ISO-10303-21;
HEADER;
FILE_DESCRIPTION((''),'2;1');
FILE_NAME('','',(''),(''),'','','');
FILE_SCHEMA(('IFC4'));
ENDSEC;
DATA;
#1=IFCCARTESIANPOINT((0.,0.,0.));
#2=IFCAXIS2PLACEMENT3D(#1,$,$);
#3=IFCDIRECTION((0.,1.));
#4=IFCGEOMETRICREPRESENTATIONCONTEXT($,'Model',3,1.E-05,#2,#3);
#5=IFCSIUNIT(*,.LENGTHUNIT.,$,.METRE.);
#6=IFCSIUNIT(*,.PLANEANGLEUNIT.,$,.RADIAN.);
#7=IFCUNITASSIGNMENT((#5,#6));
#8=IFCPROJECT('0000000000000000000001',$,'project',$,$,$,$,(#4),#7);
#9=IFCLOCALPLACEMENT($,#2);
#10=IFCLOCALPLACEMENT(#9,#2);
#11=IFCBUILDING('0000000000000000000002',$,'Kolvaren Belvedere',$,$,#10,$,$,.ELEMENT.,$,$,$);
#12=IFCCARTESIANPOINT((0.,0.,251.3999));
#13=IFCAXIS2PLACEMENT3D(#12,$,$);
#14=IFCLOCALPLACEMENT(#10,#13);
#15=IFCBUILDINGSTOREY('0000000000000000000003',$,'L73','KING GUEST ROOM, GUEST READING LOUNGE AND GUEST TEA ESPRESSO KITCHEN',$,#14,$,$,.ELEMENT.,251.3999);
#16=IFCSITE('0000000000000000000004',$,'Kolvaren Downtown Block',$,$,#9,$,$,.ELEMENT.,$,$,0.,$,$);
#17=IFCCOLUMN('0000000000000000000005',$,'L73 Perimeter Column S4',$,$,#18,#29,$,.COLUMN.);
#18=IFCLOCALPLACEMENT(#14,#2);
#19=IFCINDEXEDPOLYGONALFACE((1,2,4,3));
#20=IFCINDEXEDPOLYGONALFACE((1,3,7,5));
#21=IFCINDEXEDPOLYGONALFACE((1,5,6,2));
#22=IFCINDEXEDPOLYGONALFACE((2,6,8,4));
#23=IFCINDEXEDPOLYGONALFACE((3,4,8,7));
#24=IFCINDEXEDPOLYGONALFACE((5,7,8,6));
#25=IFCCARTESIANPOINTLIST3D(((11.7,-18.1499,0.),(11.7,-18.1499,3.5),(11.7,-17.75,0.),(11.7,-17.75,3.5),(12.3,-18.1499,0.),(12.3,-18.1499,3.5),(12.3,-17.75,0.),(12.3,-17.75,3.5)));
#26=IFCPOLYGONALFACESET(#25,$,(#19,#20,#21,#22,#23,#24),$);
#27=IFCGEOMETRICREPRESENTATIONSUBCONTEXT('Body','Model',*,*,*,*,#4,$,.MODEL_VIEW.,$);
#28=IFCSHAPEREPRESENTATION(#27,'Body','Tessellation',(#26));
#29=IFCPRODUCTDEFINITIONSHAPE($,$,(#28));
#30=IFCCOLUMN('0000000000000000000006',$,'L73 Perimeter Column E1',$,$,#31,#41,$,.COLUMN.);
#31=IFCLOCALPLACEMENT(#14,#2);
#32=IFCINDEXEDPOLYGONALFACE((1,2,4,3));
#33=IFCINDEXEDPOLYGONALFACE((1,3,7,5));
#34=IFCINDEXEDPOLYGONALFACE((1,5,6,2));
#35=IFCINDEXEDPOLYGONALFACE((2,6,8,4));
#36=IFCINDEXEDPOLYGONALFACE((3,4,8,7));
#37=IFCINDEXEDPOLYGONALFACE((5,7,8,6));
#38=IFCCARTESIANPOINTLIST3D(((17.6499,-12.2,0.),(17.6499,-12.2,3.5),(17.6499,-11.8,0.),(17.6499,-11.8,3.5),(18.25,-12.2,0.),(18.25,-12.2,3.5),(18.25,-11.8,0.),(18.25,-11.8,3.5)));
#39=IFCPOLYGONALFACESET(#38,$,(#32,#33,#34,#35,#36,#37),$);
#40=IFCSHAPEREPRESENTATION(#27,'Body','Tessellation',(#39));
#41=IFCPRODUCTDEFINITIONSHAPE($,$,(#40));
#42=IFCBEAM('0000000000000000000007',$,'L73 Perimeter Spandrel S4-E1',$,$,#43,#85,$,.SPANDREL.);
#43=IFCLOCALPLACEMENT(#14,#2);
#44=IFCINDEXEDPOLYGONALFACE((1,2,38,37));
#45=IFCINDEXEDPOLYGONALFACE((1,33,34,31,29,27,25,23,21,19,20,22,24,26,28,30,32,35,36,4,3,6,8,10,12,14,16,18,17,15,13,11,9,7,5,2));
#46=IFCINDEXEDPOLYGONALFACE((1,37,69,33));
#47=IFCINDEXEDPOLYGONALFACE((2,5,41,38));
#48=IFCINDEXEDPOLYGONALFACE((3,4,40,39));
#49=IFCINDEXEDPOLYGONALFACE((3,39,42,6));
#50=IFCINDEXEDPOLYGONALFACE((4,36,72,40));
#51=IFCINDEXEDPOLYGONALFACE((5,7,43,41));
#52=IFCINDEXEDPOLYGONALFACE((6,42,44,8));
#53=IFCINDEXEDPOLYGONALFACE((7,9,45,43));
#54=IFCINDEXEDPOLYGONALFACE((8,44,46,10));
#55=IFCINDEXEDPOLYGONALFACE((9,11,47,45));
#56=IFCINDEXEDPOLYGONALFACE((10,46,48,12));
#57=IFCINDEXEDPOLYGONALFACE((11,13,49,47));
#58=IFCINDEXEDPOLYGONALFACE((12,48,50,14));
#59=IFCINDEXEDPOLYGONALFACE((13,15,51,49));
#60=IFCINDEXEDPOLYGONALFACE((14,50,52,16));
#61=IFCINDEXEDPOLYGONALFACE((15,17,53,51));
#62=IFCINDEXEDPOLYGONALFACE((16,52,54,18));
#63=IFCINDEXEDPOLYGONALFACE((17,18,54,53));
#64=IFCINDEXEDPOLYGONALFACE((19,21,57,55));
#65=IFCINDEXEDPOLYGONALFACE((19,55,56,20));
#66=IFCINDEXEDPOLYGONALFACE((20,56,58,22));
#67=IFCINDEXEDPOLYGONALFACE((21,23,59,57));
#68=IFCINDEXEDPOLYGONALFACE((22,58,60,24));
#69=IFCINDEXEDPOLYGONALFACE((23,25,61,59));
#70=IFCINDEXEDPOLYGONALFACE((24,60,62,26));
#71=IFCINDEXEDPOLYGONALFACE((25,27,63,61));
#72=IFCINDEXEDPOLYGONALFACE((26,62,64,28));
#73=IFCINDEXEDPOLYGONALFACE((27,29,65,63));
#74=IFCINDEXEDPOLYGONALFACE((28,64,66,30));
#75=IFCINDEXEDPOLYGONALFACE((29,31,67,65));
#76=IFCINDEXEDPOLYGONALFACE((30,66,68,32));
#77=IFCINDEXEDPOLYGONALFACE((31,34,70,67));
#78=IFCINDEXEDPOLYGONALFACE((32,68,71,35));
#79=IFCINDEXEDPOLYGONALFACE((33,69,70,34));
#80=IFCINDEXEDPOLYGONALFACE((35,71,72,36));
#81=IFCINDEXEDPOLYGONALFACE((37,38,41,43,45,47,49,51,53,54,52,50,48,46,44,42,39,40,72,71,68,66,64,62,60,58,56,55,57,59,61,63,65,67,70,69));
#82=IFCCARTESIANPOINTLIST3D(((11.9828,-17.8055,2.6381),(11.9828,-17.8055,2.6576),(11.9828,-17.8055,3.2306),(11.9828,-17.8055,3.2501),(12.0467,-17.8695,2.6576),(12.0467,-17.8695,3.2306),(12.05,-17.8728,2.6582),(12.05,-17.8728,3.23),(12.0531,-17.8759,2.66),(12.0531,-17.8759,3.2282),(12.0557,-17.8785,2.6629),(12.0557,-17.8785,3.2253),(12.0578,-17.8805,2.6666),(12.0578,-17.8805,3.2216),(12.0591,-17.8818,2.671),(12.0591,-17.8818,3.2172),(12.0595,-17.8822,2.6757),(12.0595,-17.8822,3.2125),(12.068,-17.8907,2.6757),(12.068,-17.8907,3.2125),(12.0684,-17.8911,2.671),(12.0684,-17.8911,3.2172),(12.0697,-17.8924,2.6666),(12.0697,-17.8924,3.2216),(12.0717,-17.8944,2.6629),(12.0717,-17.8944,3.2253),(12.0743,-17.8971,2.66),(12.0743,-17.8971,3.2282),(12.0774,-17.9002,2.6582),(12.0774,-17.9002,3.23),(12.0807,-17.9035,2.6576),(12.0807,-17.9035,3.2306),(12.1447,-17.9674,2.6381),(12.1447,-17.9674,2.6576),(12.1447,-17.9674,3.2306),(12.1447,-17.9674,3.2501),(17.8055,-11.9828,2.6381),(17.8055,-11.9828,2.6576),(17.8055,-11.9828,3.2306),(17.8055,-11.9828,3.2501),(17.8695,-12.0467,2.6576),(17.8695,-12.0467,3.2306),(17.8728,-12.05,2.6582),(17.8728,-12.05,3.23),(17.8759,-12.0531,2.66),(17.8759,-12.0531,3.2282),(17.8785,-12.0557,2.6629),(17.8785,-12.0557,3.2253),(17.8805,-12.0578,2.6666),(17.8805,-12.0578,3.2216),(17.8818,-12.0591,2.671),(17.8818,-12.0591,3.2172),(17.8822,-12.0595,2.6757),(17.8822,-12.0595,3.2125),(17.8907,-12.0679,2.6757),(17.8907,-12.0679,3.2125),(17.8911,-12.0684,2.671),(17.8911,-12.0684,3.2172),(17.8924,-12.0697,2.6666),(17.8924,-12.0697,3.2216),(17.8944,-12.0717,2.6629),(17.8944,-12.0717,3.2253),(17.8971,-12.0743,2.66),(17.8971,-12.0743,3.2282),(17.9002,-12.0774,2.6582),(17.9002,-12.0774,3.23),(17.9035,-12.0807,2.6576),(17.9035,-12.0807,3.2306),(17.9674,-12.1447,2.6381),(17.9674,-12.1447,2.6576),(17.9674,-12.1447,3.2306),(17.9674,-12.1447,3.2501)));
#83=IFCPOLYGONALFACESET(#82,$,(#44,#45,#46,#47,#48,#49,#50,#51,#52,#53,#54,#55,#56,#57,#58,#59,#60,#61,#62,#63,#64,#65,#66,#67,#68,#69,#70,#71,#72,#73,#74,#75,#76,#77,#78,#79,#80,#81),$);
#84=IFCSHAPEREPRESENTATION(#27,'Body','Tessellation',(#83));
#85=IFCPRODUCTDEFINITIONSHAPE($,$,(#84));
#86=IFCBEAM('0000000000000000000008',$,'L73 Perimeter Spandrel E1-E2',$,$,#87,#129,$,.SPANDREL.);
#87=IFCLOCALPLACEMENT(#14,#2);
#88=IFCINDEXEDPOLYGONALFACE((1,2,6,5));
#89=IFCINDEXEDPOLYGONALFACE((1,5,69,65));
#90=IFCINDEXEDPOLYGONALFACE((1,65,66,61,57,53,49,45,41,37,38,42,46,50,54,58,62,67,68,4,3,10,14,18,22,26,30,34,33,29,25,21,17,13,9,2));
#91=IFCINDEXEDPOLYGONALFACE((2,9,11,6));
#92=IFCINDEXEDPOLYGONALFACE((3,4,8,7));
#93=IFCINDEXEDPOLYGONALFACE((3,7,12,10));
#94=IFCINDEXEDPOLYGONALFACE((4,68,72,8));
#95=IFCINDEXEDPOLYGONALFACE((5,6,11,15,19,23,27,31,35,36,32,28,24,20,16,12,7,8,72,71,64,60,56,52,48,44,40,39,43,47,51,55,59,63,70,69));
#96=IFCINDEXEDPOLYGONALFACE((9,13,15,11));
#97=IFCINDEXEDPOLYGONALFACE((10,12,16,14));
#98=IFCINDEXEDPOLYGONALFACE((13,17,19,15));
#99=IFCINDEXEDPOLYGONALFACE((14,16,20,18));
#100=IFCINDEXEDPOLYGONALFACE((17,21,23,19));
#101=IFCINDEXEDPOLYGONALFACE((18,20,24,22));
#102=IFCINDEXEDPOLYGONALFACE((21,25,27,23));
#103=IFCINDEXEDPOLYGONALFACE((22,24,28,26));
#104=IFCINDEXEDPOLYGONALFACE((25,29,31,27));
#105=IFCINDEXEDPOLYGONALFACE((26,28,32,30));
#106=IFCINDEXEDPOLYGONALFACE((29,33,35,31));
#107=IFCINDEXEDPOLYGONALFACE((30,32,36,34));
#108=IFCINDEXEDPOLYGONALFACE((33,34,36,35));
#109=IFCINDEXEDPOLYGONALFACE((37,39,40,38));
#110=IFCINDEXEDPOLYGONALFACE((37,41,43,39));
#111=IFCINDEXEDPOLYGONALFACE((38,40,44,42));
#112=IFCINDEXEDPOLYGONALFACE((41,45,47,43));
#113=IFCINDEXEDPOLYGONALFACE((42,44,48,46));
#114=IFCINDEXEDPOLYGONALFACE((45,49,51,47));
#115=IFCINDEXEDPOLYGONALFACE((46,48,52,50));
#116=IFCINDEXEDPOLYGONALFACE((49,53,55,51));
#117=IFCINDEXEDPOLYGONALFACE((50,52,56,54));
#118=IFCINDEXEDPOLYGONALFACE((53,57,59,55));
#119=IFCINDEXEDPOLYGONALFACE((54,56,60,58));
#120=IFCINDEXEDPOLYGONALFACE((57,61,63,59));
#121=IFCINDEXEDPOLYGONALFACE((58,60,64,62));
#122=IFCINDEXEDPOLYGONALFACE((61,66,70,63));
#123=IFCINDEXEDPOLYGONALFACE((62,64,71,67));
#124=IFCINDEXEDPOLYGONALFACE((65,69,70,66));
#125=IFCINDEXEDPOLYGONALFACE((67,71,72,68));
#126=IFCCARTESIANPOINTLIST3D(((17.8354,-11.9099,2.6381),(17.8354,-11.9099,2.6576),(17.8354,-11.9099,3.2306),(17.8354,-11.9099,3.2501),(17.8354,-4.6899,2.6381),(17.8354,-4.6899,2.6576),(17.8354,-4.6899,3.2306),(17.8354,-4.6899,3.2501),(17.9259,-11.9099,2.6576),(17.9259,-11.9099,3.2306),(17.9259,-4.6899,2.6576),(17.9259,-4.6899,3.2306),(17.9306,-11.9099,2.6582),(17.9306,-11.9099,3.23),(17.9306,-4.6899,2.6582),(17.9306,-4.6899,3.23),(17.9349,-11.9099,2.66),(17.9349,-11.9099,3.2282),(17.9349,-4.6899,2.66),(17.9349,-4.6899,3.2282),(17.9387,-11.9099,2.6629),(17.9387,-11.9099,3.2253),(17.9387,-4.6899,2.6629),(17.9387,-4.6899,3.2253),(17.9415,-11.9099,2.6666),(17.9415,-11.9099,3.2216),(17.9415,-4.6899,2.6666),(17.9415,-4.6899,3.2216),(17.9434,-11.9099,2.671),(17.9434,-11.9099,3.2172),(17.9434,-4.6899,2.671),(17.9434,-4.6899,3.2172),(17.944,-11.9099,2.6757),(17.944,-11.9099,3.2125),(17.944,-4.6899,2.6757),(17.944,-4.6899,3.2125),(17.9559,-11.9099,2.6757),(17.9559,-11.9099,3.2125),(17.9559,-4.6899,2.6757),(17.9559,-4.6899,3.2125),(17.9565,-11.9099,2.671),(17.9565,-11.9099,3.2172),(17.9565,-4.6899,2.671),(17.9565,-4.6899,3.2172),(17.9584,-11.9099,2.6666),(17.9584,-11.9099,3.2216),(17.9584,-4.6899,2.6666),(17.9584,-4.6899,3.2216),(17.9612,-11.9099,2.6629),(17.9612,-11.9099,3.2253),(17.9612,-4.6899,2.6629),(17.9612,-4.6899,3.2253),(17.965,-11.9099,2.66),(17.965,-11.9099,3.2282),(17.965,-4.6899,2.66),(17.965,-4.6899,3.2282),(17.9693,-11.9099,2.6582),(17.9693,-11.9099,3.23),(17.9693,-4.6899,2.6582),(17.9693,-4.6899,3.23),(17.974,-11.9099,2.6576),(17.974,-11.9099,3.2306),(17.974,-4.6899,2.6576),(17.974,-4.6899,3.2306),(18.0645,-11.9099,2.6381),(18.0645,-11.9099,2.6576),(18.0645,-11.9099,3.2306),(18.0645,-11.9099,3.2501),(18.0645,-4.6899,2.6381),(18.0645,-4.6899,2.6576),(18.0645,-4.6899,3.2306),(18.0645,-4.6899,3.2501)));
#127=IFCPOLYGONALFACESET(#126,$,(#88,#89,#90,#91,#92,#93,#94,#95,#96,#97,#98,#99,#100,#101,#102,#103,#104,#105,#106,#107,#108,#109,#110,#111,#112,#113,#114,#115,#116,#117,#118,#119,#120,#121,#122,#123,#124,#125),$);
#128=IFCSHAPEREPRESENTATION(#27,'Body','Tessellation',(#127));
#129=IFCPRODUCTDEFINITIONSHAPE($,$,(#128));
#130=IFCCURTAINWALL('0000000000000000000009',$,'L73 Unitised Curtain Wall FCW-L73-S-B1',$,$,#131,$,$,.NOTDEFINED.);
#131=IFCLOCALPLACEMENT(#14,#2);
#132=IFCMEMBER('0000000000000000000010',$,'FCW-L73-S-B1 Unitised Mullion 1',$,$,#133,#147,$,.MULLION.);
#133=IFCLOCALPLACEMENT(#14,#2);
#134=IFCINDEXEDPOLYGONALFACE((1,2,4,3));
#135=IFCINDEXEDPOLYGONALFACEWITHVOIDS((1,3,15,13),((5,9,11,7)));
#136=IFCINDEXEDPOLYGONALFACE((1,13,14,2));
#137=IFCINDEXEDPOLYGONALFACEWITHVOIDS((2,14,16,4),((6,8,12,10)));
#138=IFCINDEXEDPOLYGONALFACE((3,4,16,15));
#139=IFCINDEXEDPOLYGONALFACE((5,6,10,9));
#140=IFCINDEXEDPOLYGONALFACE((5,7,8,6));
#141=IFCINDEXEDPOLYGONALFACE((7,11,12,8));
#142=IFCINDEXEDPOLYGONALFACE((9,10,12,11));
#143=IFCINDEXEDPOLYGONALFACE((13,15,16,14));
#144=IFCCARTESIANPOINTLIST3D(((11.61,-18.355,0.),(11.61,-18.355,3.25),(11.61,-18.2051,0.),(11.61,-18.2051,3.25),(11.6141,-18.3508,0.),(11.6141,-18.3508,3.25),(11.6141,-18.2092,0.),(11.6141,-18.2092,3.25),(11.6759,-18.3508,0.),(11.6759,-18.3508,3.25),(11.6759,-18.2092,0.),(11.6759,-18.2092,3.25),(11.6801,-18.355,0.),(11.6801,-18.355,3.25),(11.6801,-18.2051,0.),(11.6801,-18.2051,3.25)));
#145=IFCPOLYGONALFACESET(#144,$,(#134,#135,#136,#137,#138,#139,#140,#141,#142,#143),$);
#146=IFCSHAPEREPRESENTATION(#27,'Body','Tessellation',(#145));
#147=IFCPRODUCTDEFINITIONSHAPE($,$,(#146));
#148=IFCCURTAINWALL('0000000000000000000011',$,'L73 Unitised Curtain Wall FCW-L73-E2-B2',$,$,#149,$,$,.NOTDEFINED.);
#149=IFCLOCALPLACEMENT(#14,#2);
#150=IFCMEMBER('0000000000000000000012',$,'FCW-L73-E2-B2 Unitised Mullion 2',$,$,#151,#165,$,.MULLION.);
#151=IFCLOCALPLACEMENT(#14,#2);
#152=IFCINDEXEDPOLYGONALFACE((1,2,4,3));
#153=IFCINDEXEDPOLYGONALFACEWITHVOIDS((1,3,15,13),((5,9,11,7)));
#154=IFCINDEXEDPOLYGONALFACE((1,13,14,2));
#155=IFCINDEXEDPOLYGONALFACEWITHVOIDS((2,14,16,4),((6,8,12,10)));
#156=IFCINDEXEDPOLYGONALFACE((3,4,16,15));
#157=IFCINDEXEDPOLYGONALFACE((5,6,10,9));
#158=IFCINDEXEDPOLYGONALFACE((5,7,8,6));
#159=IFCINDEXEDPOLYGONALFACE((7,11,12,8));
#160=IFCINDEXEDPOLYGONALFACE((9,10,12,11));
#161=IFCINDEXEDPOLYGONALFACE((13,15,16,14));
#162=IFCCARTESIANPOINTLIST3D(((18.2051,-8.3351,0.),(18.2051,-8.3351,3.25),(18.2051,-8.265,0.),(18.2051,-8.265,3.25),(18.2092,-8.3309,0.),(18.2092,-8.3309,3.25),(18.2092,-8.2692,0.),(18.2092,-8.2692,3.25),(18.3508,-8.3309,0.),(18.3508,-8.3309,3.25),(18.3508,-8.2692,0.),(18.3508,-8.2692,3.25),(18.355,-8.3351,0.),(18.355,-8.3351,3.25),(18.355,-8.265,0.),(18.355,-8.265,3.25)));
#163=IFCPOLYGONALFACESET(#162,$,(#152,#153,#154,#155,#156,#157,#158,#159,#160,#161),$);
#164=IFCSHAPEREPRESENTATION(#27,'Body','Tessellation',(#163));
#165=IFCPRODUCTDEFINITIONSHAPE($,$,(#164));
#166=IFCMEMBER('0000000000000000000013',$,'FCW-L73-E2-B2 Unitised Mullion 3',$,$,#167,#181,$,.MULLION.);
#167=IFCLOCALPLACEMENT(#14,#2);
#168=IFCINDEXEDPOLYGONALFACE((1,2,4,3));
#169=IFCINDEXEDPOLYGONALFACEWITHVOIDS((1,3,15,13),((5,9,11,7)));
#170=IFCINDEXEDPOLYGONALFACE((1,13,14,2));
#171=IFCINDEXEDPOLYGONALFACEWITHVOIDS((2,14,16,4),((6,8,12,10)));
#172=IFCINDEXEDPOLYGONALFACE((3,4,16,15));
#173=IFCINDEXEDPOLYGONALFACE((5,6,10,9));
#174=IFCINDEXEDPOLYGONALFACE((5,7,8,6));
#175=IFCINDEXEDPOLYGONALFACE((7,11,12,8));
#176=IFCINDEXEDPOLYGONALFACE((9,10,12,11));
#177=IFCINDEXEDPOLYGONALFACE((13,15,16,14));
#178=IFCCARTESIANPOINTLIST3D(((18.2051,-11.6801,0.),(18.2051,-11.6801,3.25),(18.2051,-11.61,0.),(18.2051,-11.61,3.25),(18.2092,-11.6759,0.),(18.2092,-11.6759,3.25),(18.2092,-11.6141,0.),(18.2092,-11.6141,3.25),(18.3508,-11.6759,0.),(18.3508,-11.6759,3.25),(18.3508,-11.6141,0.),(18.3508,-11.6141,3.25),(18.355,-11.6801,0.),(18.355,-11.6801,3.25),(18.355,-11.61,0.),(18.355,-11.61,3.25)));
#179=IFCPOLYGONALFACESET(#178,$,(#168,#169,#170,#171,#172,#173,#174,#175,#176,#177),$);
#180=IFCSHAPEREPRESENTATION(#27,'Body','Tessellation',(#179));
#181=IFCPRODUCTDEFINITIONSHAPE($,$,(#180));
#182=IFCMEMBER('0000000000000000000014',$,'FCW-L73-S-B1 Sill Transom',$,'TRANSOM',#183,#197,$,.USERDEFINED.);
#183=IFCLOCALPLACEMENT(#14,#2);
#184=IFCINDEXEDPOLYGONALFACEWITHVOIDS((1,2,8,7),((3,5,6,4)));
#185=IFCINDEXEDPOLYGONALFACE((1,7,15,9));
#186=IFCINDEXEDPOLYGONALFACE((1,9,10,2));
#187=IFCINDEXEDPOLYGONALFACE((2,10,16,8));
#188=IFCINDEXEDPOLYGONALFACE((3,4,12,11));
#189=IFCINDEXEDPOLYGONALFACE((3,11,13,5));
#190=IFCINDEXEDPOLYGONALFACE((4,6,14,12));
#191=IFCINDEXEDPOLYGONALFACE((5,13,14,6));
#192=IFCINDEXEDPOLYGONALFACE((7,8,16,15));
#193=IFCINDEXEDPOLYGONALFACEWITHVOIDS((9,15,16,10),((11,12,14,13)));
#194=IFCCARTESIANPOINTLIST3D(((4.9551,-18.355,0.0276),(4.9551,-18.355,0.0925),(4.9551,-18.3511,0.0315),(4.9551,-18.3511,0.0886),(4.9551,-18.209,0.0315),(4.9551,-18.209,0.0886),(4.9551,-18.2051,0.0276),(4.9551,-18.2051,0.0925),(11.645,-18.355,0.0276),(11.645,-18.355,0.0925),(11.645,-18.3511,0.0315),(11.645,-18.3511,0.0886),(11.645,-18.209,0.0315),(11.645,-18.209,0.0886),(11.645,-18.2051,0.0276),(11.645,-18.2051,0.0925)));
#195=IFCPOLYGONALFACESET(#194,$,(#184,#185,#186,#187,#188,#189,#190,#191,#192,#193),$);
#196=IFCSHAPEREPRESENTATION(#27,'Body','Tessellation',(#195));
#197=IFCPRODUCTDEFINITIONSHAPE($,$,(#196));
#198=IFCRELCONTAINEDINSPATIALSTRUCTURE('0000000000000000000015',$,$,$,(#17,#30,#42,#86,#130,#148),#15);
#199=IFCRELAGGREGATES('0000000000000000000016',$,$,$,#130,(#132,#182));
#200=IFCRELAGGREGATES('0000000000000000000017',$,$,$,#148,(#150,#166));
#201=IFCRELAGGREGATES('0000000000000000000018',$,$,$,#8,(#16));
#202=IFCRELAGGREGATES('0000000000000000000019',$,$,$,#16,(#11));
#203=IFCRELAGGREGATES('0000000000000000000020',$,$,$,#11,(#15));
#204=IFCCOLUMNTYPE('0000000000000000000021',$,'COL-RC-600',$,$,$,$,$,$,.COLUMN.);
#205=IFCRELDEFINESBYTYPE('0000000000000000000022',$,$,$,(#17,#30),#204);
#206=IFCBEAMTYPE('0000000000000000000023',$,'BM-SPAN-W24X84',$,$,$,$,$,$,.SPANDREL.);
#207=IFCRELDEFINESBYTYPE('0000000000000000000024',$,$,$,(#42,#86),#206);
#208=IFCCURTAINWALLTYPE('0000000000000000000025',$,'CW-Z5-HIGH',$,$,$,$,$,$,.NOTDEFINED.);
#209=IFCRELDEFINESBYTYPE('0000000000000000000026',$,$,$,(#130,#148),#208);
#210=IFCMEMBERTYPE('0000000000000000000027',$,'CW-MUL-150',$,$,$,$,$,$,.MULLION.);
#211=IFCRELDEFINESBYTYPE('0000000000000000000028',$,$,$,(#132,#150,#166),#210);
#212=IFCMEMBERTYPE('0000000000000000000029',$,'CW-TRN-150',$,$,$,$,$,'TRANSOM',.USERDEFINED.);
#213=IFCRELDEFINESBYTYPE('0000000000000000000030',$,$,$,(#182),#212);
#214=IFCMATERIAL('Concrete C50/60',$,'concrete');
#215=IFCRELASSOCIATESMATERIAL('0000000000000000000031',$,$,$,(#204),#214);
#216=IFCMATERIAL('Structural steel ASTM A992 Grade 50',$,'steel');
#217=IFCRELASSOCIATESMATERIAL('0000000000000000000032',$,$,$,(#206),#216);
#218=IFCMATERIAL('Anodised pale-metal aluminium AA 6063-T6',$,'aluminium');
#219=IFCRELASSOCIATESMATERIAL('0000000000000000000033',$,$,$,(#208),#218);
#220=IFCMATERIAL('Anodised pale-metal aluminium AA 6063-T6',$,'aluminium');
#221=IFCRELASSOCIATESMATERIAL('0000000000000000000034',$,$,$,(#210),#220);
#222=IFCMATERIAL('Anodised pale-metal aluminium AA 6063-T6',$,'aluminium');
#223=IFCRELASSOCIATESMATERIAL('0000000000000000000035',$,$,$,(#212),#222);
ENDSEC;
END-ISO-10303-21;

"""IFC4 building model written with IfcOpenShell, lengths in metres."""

from ifc_helpers import new_model, si_unit, direction, frame, origin, origin_2d, place, context, subcontext, project, spatial, rectangle, hollow_rectangle, i_section, extrude, material, material_profile, profile_set, type_object, element, aggregate, save


model = new_model("IFC4")

# Units and contexts
model_context = context("Model", 3, precision=1e-05, world=origin(), true_north=direction((0.0, 1.0)))
body_context = subcontext(model_context, "Body", "Model", "MODEL_VIEW")
ifc_project = project(units=[si_unit("LENGTHUNIT", "METRE"), si_unit("PLANEANGLEUNIT", "RADIAN")], contexts=[model_context])

# Site, building, storey
site_placement = place(None, origin())
site = spatial("IfcSite", under=ifc_project, at=site_placement, Name="Kolvaren Downtown Block", CompositionType="ELEMENT", RefElevation=0.0)
building_placement = place(site_placement, origin())
building = spatial("IfcBuilding", under=site, at=building_placement, Name="Kolvaren Belvedere", CompositionType="ELEMENT")
storey_placement = place(building_placement, frame((0.0, 0.0, 251.3999)))
storey = spatial("IfcBuildingStorey", under=building, at=storey_placement, Name="L73", Description="KING GUEST ROOM, GUEST READING LOUNGE AND GUEST TEA ESPRESSO KITCHEN", CompositionType="ELEMENT", Elevation=251.3999)

# Columns
ifc_material_1 = material(Name="Concrete C50/60", Category="concrete")
ifc_material_profile_1 = material_profile(ifc_material_1, rectangle(XDim=0.6001, YDim=0.3999, at=origin_2d()), Name="RC 600X400")
ifc_profile_set_1 = profile_set([ifc_material_profile_1], Name="Concrete C50/60")
column_type = type_object("IfcColumnType", Name="COL-RC-600", PredefinedType="COLUMN", material=ifc_profile_set_1)
for number, where, z_axis, x_axis, name in (
    (1, (12.0, -17.95, 0.0), (0.0, 0.0, 1.0), (1.0, 0.0, 0.0), "L73 Perimeter Column S4"),
    (2, (17.95, -12.0, 0.0), (0.0, 0.0, 1.0), (1.0, 0.0, 0.0), "L73 Perimeter Column E1"),
):
    element("IfcColumn", number, at=place(storey_placement, frame(where, z_axis=z_axis, x_axis=x_axis)), inside=storey, type_object=column_type, Name=name, PredefinedType="COLUMN", context=body_context, shape_type="SweptSolid", body=[
        extrude(rectangle(XDim=0.6001, YDim=0.3999, at=origin_2d()), origin(), (0.0, 0.0, 1.0), 3.5),
    ])

# Beams
ifc_material_2 = material(Name="Structural steel ASTM A992 Grade 50", Category="steel")
ifc_material_profile_2 = material_profile(ifc_material_2, i_section(OverallWidth=0.229, OverallDepth=0.6121, WebThickness=0.012, FlangeThickness=0.0195, FilletRadius=0.0181, at=origin_2d()), Name="W24X84")
ifc_profile_set_2 = profile_set([ifc_material_profile_2], Name="Structural steel ASTM A992 Grade 50")
beam_type = type_object("IfcBeamType", Name="BM-SPAN-W24X84", PredefinedType="SPANDREL", material=ifc_profile_set_2)
beam_1_placement = place(storey_placement, frame((12.0637, -17.8865, 2.9441), z_axis=(0.707107, 0.707107, 0.0), x_axis=(-0.707107, 0.707107, 0.0)))
element("IfcBeam", 3, at=beam_1_placement, inside=storey, type_object=beam_type, Name="L73 Perimeter Spandrel S4-E1", PredefinedType="SPANDREL", context=body_context, shape_type="SweptSolid", body=[
    extrude(i_section(OverallWidth=0.229, OverallDepth=0.6121, WebThickness=0.012, FlangeThickness=0.0195, FilletRadius=0.0181, at=origin_2d()), origin(), (0.0, 0.0, 1.0), 8.2346),
])
beam_2_placement = place(storey_placement, frame((17.95, -11.9099, 2.9441), z_axis=(0.0, 1.0, 0.0), x_axis=(-1.0, 0.0, 0.0)))
element("IfcBeam", 4, at=beam_2_placement, inside=storey, type_object=beam_type, Name="L73 Perimeter Spandrel E1-E2", PredefinedType="SPANDREL", context=body_context, shape_type="SweptSolid", body=[
    extrude(i_section(OverallWidth=0.229, OverallDepth=0.6121, WebThickness=0.012, FlangeThickness=0.0195, FilletRadius=0.0181, at=origin_2d()), origin(), (0.0, 0.0, 1.0), 7.22),
])

# Curtain wall, member
ifc_material_3 = material(Name="Anodised pale-metal aluminium AA 6063-T6", Category="aluminium")
curtain_wall_type = type_object("IfcCurtainWallType", Name="CW-Z5-HIGH", PredefinedType="NOTDEFINED", material=ifc_material_3)
curtain_wall_1_placement = place(storey_placement, origin())
curtain_wall_1 = element("IfcCurtainWall", 5, at=curtain_wall_1_placement, inside=storey, type_object=curtain_wall_type, Name="L73 Unitised Curtain Wall FCW-L73-S-B1", PredefinedType="NOTDEFINED")
ifc_material_4 = material(Name="Anodised pale-metal aluminium AA 6063-T6", Category="aluminium")
ifc_material_profile_3 = material_profile(ifc_material_4, hollow_rectangle(XDim=0.0701, YDim=0.1499, WallThickness=0.0042, at=origin_2d()), Name="ALU-MUL-150X70")
ifc_profile_set_3 = profile_set([ifc_material_profile_3], Name="Anodised pale-metal aluminium AA 6063-T6")
member_type_1 = type_object("IfcMemberType", Name="CW-MUL-150", PredefinedType="MULLION", material=ifc_profile_set_3)
member_1_placement = place(storey_placement, frame((11.645, -18.28, 0.0), z_axis=(0.0, 0.0, 1.0), x_axis=(1.0, 0.0, 0.0)))
member_1 = element("IfcMember", 6, at=member_1_placement, type_object=member_type_1, Name="FCW-L73-S-B1 Unitised Mullion 1", PredefinedType="MULLION", context=body_context, shape_type="SweptSolid", body=[
    extrude(hollow_rectangle(XDim=0.0701, YDim=0.1499, WallThickness=0.0042, at=origin_2d()), origin(), (0.0, 0.0, 1.0), 3.25),
])

# Curtain wall, members
curtain_wall_2_placement = place(storey_placement, origin())
curtain_wall_2 = element("IfcCurtainWall", 7, at=curtain_wall_2_placement, inside=storey, type_object=curtain_wall_type, Name="L73 Unitised Curtain Wall FCW-L73-E2-B2", PredefinedType="NOTDEFINED")
member_2_placement = place(storey_placement, frame((18.28, -8.3, 0.0), z_axis=(0.0, 0.0, 1.0), x_axis=(0.0, 1.0, 0.0)))
member_2 = element("IfcMember", 8, at=member_2_placement, type_object=member_type_1, Name="FCW-L73-E2-B2 Unitised Mullion 2", PredefinedType="MULLION", context=body_context, shape_type="SweptSolid", body=[
    extrude(hollow_rectangle(XDim=0.0701, YDim=0.1499, WallThickness=0.0042, at=origin_2d()), origin(), (0.0, 0.0, 1.0), 3.25),
])
member_3_placement = place(storey_placement, frame((18.28, -11.645, 0.0), z_axis=(0.0, 0.0, 1.0), x_axis=(0.0, 1.0, 0.0)))
member_3 = element("IfcMember", 9, at=member_3_placement, type_object=member_type_1, Name="FCW-L73-E2-B2 Unitised Mullion 3", PredefinedType="MULLION", context=body_context, shape_type="SweptSolid", body=[
    extrude(hollow_rectangle(XDim=0.0701, YDim=0.1499, WallThickness=0.0042, at=origin_2d()), origin(), (0.0, 0.0, 1.0), 3.25),
])

# Member
ifc_material_5 = material(Name="Anodised pale-metal aluminium AA 6063-T6", Category="aluminium")
ifc_material_profile_4 = material_profile(ifc_material_5, hollow_rectangle(XDim=0.0649, YDim=0.1499, WallThickness=0.0039, at=origin_2d()), Name="ALU-TRN-150X65")
ifc_profile_set_4 = profile_set([ifc_material_profile_4], Name="Anodised pale-metal aluminium AA 6063-T6")
member_type_2 = type_object("IfcMemberType", Name="CW-TRN-150", ElementType="TRANSOM", PredefinedType="USERDEFINED", material=ifc_profile_set_4)
member_4_placement = place(storey_placement, frame((11.645, -18.28, 0.0601), z_axis=(-1.0, 0.0, 0.0), x_axis=(0.0, 0.0, 1.0)))
member_4 = element("IfcMember", 10, at=member_4_placement, type_object=member_type_2, Name="FCW-L73-S-B1 Sill Transom", ObjectType="TRANSOM", PredefinedType="USERDEFINED", context=body_context, shape_type="SweptSolid", body=[
    extrude(hollow_rectangle(XDim=0.0649, YDim=0.1499, WallThickness=0.0039, at=origin_2d()), origin(), (0.0, 0.0, 1.0), 6.6899),
])
aggregate(curtain_wall_1, [member_1, member_4])

aggregate(curtain_wall_2, [member_2, member_3])

save(model, "model.ifc")
